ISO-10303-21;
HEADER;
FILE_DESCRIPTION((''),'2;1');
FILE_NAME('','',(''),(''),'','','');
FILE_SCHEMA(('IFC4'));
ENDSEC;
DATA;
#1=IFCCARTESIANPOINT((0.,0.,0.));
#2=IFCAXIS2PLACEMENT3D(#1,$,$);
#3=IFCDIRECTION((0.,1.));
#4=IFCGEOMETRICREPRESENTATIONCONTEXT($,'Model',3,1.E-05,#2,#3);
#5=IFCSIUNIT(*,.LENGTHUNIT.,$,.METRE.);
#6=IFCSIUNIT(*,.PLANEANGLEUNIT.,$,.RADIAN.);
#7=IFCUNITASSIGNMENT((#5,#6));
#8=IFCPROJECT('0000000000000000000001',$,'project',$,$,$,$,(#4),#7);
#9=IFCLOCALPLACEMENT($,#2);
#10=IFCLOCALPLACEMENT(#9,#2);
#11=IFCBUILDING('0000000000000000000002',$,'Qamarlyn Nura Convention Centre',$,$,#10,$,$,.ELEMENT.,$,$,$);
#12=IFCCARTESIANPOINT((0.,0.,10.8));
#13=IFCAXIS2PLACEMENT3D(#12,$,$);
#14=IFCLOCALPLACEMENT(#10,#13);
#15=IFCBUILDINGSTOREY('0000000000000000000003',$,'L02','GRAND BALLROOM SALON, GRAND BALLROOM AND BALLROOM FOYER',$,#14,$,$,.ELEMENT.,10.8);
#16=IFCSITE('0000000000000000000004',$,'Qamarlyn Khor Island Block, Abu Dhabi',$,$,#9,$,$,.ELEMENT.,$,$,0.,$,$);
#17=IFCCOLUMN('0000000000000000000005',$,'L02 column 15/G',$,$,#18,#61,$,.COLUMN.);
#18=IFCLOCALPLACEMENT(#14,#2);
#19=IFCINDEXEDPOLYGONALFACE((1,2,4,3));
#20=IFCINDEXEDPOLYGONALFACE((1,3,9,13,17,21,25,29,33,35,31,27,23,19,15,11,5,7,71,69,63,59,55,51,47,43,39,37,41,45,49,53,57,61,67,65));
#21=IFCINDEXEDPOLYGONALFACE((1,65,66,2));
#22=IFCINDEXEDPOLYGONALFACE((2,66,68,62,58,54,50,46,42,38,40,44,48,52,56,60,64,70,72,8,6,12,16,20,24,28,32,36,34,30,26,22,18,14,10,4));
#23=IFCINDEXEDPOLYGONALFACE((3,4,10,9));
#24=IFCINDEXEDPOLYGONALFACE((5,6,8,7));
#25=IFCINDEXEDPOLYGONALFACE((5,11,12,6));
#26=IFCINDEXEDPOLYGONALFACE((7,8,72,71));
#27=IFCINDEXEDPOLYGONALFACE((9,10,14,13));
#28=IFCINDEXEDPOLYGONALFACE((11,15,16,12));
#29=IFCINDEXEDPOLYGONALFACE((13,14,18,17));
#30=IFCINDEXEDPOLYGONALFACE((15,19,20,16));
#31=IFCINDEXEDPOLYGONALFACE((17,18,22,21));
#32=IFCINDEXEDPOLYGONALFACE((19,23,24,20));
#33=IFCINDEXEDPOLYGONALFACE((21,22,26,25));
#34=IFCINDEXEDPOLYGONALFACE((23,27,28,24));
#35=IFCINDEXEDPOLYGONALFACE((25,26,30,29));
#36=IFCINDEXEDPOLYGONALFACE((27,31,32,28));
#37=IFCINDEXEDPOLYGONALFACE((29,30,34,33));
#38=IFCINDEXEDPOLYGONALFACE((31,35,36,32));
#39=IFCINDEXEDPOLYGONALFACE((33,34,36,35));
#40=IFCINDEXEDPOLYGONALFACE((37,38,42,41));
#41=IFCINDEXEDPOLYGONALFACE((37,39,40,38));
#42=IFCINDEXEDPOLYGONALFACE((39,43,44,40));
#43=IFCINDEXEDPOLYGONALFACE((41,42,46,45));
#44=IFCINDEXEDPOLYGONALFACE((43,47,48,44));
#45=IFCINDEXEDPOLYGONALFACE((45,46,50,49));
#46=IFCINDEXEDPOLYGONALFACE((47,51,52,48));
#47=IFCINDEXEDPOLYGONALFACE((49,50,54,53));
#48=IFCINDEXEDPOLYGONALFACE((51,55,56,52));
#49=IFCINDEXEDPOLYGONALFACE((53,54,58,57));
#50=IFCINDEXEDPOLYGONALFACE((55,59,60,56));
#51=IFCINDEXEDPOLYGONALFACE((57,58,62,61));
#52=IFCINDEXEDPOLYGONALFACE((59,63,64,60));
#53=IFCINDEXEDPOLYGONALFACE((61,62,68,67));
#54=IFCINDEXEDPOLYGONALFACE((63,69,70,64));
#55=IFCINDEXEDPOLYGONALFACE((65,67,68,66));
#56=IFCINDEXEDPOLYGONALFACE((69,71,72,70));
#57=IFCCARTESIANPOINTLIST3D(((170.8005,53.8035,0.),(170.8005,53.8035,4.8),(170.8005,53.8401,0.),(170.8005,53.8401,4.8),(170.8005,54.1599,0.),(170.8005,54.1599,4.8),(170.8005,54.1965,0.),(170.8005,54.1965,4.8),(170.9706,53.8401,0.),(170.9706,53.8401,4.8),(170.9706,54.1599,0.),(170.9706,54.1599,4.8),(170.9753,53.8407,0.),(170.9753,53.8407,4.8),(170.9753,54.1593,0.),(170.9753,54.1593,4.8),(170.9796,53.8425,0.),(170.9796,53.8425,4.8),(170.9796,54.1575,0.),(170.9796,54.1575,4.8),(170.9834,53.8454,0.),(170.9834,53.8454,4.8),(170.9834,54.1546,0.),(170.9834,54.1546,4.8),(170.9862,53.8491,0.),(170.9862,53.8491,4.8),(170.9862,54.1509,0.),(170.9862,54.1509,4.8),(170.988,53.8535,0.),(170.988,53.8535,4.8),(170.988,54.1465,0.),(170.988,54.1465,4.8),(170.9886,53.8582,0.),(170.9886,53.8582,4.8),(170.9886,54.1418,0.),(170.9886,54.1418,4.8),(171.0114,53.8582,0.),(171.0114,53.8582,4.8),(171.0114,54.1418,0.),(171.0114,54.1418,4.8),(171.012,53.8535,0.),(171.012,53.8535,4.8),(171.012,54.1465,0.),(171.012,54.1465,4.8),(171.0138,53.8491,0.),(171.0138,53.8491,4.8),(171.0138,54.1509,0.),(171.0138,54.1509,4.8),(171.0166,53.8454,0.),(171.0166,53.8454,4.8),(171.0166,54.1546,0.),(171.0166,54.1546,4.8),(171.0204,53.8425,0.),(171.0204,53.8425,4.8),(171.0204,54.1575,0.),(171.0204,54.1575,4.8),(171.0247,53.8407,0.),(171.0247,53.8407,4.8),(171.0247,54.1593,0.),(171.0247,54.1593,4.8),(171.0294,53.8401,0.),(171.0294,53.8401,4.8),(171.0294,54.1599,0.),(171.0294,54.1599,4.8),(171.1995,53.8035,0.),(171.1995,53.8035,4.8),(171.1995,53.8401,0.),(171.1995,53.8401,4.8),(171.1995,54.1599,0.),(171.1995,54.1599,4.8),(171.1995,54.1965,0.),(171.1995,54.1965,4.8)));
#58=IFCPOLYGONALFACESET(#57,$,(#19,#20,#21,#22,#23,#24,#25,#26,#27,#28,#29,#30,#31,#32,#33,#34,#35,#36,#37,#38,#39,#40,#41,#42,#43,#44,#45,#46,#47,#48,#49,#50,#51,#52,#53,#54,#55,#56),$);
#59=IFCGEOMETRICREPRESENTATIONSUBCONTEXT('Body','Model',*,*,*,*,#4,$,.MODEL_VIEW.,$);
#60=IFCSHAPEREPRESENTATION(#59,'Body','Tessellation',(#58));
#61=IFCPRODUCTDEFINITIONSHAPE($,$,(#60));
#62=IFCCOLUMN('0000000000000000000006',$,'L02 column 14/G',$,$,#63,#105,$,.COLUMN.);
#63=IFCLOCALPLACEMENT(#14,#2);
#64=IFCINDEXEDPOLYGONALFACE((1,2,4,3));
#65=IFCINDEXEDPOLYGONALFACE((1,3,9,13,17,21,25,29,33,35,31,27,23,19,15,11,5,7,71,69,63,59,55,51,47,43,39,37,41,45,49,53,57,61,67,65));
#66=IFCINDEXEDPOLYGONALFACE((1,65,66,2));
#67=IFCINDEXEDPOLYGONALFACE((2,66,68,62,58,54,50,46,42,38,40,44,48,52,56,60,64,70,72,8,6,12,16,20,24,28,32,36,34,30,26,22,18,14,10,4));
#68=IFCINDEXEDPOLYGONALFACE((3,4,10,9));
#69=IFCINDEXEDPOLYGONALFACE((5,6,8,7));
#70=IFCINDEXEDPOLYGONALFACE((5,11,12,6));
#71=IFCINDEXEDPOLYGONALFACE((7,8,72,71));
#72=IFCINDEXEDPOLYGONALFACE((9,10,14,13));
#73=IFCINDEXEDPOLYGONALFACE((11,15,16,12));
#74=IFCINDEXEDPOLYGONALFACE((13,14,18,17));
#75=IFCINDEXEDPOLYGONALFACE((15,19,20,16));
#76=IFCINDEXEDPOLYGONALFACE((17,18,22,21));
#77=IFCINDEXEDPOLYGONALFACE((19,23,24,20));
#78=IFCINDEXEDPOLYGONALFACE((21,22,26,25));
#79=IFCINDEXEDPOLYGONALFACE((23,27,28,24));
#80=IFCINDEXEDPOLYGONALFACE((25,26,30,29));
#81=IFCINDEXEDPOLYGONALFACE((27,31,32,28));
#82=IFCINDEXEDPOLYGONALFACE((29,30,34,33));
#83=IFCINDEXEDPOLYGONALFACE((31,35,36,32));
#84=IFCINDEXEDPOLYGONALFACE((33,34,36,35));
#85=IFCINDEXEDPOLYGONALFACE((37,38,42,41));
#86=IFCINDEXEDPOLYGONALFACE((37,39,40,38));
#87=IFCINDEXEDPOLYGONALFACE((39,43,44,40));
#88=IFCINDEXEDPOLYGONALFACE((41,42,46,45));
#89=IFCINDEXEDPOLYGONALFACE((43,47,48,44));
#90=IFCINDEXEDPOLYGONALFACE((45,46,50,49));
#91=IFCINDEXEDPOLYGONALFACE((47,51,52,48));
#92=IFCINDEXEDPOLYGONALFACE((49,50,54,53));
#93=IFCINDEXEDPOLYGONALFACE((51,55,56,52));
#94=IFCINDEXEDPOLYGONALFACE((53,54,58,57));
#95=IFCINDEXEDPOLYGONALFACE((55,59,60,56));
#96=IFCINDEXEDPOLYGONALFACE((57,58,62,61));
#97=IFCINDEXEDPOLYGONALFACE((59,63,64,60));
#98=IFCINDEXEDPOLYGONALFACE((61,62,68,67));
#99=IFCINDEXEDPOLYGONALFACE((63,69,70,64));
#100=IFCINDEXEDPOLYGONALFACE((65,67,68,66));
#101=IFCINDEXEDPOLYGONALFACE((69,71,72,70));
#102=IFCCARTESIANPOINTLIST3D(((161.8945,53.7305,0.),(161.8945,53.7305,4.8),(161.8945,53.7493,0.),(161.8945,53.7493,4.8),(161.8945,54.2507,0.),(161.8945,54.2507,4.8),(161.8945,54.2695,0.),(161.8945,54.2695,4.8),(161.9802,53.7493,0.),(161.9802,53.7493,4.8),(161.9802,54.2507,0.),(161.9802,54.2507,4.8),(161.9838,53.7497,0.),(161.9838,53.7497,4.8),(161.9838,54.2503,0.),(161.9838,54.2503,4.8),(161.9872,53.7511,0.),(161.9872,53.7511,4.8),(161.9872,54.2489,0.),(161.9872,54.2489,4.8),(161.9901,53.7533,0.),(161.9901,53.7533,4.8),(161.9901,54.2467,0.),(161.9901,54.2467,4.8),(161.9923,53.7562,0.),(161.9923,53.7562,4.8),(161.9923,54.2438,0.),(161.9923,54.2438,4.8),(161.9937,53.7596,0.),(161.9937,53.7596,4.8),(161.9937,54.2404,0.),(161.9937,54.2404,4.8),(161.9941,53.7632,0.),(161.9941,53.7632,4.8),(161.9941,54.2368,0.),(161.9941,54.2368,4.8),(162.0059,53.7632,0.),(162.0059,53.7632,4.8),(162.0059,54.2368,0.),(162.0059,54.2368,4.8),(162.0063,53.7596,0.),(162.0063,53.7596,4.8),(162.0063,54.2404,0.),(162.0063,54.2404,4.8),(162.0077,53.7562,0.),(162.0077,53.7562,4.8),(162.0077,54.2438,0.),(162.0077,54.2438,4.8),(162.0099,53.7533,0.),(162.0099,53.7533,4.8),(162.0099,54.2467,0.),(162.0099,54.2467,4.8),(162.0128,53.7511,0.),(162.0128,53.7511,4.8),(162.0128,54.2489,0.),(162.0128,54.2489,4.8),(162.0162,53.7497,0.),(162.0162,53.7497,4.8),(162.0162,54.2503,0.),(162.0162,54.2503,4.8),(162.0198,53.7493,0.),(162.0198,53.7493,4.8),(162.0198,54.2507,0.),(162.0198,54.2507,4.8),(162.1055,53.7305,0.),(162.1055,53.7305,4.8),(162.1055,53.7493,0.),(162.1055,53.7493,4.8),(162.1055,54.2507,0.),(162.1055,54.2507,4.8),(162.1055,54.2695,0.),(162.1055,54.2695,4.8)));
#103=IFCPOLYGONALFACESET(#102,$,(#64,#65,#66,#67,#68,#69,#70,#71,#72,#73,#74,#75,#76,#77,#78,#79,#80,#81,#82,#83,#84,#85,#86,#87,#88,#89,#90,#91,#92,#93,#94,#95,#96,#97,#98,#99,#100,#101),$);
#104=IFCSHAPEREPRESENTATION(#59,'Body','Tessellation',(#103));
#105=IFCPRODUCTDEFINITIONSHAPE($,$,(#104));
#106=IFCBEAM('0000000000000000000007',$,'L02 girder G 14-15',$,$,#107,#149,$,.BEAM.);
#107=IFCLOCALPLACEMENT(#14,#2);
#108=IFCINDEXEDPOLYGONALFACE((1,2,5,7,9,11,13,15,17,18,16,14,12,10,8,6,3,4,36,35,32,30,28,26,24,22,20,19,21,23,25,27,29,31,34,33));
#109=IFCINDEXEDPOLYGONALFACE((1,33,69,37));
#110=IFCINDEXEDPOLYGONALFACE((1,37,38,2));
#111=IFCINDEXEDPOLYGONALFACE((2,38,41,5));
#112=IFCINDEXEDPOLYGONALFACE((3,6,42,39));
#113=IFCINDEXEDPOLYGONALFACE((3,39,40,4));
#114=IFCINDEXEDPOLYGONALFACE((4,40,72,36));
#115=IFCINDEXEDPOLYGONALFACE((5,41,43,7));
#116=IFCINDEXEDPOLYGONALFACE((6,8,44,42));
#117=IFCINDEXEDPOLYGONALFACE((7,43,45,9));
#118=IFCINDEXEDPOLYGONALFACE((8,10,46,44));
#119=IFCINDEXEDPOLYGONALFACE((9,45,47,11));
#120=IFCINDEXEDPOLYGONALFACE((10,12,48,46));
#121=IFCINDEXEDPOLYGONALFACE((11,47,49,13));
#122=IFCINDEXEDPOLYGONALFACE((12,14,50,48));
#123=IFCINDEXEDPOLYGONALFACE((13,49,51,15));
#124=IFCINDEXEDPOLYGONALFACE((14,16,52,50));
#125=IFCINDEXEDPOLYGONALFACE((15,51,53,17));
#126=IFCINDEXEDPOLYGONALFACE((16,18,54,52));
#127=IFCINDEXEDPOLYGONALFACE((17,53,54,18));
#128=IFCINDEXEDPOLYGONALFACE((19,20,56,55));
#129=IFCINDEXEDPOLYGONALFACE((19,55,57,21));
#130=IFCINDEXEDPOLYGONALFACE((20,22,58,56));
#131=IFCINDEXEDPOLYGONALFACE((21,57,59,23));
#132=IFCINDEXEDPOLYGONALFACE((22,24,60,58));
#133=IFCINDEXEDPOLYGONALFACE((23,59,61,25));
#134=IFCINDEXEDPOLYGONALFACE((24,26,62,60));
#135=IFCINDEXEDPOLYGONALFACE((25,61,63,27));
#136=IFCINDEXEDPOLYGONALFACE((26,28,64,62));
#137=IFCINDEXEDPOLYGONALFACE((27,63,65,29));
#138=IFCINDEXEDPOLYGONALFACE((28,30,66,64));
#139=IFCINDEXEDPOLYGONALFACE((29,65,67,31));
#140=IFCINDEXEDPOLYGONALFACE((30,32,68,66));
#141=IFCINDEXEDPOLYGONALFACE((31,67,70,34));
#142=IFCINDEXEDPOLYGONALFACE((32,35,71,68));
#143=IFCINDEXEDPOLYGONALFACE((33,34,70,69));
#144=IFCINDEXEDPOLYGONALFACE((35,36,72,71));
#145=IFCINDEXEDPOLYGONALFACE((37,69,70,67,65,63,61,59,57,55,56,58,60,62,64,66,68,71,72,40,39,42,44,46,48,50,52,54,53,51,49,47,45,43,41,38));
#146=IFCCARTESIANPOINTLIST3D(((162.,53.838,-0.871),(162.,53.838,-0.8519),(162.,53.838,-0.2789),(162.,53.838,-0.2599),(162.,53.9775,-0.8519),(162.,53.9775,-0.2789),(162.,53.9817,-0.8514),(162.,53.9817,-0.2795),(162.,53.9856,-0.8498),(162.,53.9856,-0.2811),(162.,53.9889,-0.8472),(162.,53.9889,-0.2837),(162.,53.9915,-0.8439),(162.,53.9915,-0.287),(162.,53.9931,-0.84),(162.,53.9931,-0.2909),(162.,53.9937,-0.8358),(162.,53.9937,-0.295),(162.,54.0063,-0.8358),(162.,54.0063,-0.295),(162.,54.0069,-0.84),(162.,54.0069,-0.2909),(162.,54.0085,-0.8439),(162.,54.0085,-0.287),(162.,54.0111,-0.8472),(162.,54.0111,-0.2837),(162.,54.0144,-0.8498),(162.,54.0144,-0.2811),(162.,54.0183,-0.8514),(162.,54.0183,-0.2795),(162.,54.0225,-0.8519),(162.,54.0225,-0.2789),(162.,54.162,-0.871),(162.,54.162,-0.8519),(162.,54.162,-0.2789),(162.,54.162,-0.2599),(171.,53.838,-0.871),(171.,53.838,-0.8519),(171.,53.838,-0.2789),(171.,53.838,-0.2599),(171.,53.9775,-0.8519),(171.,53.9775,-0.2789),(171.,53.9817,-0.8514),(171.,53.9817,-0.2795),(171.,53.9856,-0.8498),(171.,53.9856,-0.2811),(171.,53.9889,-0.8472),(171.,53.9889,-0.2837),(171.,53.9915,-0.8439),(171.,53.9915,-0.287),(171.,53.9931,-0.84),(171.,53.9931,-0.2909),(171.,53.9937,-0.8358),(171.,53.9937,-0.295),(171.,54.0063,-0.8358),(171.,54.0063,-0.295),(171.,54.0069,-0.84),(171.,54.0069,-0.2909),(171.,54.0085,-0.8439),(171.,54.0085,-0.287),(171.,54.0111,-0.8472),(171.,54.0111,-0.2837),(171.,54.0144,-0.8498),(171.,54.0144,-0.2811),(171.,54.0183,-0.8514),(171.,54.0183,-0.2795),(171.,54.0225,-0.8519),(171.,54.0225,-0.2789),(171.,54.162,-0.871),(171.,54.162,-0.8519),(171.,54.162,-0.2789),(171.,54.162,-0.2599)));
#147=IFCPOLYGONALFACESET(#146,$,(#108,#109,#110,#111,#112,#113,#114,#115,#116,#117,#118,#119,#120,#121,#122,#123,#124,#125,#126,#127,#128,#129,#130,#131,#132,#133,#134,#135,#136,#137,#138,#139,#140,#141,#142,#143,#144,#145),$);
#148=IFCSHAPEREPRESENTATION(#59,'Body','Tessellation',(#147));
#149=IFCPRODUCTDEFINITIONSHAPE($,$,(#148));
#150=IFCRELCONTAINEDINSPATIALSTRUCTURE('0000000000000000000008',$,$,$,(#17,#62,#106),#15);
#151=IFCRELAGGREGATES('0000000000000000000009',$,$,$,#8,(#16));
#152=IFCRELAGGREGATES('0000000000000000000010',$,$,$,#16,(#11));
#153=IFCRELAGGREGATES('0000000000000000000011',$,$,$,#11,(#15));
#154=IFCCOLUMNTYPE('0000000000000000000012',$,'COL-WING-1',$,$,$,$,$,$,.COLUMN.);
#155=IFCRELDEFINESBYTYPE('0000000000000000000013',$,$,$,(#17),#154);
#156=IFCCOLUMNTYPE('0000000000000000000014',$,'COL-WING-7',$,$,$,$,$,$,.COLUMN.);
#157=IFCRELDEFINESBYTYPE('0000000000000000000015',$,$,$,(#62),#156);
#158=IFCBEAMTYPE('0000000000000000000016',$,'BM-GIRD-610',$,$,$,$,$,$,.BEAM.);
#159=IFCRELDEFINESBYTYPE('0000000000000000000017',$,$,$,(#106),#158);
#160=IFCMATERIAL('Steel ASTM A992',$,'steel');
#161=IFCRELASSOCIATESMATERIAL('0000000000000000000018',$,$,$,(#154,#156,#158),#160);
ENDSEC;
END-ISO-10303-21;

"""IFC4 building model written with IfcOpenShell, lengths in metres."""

from ifc_helpers import new_model, si_unit, direction, frame, origin, origin_2d, place, context, subcontext, project, spatial, i_section, extrude, material, material_profile, profile_set, type_object, element, save


model = new_model("IFC4")

# Units and contexts
model_context = context("Model", 3, precision=1e-05, world=origin(), true_north=direction((0.0, 1.0)))
body_context = subcontext(model_context, "Body", "Model", "MODEL_VIEW")
ifc_project = project(units=[si_unit("LENGTHUNIT", "METRE"), si_unit("PLANEANGLEUNIT", "RADIAN")], contexts=[model_context])

# Site, building, storey
site_placement = place(None, origin())
site = spatial("IfcSite", under=ifc_project, at=site_placement, Name="Qamarlyn Khor Island Block, Abu Dhabi", CompositionType="ELEMENT", RefElevation=0.0)
building_placement = place(site_placement, origin())
building = spatial("IfcBuilding", under=site, at=building_placement, Name="Qamarlyn Nura Convention Centre", CompositionType="ELEMENT")
storey_placement = place(building_placement, frame((0.0, 0.0, 10.8)))
storey = spatial("IfcBuildingStorey", under=building, at=storey_placement, Name="L02", Description="GRAND BALLROOM SALON, GRAND BALLROOM AND BALLROOM FOYER", CompositionType="ELEMENT", Elevation=10.8)

# Columns
ifc_material_1 = material(Name="Steel ASTM A992", Category="steel")
ifc_material_profile_1 = material_profile(ifc_material_1, i_section(OverallWidth=0.3989, OverallDepth=0.3931, WebThickness=0.0227, FlangeThickness=0.0366, FilletRadius=0.0181, at=origin_2d()), Name="W360X287")
ifc_profile_set_1 = profile_set([ifc_material_profile_1], Name="Steel ASTM A992")
column_type_1 = type_object("IfcColumnType", Name="COL-WING-1", PredefinedType="COLUMN", material=ifc_profile_set_1)
column_1_placement = place(storey_placement, frame((171.0, 54.0, 0.0), z_axis=(0.0, 0.0, 1.0), x_axis=(1.0, 0.0, 0.0)))
element("IfcColumn", 1, at=column_1_placement, inside=storey, type_object=column_type_1, Name="L02 column 15/G", PredefinedType="COLUMN", context=body_context, shape_type="SweptSolid", body=[
    extrude(i_section(OverallWidth=0.3989, OverallDepth=0.3931, WebThickness=0.0227, FlangeThickness=0.0366, FilletRadius=0.0181, at=origin_2d()), origin(), (0.0, 0.0, 1.0), 4.8),
])
ifc_material_profile_2 = material_profile(ifc_material_1, i_section(OverallWidth=0.2109, OverallDepth=0.5391, WebThickness=0.0117, FlangeThickness=0.0188, FilletRadius=0.0139, at=origin_2d()), Name="W530X109")
ifc_profile_set_2 = profile_set([ifc_material_profile_2], Name="Steel ASTM A992")
column_type_2 = type_object("IfcColumnType", Name="COL-WING-7", PredefinedType="COLUMN", material=ifc_profile_set_2)
column_2_placement = place(storey_placement, frame((162.0, 54.0, 0.0), z_axis=(0.0, 0.0, 1.0), x_axis=(1.0, 0.0, 0.0)))
element("IfcColumn", 2, at=column_2_placement, inside=storey, type_object=column_type_2, Name="L02 column 14/G", PredefinedType="COLUMN", context=body_context, shape_type="SweptSolid", body=[
    extrude(i_section(OverallWidth=0.2109, OverallDepth=0.5391, WebThickness=0.0117, FlangeThickness=0.0188, FilletRadius=0.0139, at=origin_2d()), origin(), (0.0, 0.0, 1.0), 4.8),
])

# Beam
ifc_material_profile_3 = material_profile(ifc_material_1, i_section(OverallWidth=0.324, OverallDepth=0.6111, WebThickness=0.0127, FlangeThickness=0.019, FilletRadius=0.0161, at=origin_2d()), Name="W610X155")
ifc_profile_set_3 = profile_set([ifc_material_profile_3], Name="Steel ASTM A992")
beam_type_1 = type_object("IfcBeamType", Name="BM-GIRD-610", PredefinedType="BEAM", material=ifc_profile_set_3)
beam_1_placement = place(storey_placement, frame((162.0, 54.0, -0.5654), z_axis=(1.0, 0.0, 0.0), x_axis=(0.0, 1.0, 0.0)))
element("IfcBeam", 3, at=beam_1_placement, inside=storey, type_object=beam_type_1, Name="L02 girder G 14-15", PredefinedType="BEAM", context=body_context, shape_type="SweptSolid", body=[
    extrude(i_section(OverallWidth=0.324, OverallDepth=0.6111, WebThickness=0.0127, FlangeThickness=0.019, FilletRadius=0.0161, at=origin_2d()), origin(), (0.0, 0.0, 1.0), 9.0),
])

save(model, "model.ifc")
